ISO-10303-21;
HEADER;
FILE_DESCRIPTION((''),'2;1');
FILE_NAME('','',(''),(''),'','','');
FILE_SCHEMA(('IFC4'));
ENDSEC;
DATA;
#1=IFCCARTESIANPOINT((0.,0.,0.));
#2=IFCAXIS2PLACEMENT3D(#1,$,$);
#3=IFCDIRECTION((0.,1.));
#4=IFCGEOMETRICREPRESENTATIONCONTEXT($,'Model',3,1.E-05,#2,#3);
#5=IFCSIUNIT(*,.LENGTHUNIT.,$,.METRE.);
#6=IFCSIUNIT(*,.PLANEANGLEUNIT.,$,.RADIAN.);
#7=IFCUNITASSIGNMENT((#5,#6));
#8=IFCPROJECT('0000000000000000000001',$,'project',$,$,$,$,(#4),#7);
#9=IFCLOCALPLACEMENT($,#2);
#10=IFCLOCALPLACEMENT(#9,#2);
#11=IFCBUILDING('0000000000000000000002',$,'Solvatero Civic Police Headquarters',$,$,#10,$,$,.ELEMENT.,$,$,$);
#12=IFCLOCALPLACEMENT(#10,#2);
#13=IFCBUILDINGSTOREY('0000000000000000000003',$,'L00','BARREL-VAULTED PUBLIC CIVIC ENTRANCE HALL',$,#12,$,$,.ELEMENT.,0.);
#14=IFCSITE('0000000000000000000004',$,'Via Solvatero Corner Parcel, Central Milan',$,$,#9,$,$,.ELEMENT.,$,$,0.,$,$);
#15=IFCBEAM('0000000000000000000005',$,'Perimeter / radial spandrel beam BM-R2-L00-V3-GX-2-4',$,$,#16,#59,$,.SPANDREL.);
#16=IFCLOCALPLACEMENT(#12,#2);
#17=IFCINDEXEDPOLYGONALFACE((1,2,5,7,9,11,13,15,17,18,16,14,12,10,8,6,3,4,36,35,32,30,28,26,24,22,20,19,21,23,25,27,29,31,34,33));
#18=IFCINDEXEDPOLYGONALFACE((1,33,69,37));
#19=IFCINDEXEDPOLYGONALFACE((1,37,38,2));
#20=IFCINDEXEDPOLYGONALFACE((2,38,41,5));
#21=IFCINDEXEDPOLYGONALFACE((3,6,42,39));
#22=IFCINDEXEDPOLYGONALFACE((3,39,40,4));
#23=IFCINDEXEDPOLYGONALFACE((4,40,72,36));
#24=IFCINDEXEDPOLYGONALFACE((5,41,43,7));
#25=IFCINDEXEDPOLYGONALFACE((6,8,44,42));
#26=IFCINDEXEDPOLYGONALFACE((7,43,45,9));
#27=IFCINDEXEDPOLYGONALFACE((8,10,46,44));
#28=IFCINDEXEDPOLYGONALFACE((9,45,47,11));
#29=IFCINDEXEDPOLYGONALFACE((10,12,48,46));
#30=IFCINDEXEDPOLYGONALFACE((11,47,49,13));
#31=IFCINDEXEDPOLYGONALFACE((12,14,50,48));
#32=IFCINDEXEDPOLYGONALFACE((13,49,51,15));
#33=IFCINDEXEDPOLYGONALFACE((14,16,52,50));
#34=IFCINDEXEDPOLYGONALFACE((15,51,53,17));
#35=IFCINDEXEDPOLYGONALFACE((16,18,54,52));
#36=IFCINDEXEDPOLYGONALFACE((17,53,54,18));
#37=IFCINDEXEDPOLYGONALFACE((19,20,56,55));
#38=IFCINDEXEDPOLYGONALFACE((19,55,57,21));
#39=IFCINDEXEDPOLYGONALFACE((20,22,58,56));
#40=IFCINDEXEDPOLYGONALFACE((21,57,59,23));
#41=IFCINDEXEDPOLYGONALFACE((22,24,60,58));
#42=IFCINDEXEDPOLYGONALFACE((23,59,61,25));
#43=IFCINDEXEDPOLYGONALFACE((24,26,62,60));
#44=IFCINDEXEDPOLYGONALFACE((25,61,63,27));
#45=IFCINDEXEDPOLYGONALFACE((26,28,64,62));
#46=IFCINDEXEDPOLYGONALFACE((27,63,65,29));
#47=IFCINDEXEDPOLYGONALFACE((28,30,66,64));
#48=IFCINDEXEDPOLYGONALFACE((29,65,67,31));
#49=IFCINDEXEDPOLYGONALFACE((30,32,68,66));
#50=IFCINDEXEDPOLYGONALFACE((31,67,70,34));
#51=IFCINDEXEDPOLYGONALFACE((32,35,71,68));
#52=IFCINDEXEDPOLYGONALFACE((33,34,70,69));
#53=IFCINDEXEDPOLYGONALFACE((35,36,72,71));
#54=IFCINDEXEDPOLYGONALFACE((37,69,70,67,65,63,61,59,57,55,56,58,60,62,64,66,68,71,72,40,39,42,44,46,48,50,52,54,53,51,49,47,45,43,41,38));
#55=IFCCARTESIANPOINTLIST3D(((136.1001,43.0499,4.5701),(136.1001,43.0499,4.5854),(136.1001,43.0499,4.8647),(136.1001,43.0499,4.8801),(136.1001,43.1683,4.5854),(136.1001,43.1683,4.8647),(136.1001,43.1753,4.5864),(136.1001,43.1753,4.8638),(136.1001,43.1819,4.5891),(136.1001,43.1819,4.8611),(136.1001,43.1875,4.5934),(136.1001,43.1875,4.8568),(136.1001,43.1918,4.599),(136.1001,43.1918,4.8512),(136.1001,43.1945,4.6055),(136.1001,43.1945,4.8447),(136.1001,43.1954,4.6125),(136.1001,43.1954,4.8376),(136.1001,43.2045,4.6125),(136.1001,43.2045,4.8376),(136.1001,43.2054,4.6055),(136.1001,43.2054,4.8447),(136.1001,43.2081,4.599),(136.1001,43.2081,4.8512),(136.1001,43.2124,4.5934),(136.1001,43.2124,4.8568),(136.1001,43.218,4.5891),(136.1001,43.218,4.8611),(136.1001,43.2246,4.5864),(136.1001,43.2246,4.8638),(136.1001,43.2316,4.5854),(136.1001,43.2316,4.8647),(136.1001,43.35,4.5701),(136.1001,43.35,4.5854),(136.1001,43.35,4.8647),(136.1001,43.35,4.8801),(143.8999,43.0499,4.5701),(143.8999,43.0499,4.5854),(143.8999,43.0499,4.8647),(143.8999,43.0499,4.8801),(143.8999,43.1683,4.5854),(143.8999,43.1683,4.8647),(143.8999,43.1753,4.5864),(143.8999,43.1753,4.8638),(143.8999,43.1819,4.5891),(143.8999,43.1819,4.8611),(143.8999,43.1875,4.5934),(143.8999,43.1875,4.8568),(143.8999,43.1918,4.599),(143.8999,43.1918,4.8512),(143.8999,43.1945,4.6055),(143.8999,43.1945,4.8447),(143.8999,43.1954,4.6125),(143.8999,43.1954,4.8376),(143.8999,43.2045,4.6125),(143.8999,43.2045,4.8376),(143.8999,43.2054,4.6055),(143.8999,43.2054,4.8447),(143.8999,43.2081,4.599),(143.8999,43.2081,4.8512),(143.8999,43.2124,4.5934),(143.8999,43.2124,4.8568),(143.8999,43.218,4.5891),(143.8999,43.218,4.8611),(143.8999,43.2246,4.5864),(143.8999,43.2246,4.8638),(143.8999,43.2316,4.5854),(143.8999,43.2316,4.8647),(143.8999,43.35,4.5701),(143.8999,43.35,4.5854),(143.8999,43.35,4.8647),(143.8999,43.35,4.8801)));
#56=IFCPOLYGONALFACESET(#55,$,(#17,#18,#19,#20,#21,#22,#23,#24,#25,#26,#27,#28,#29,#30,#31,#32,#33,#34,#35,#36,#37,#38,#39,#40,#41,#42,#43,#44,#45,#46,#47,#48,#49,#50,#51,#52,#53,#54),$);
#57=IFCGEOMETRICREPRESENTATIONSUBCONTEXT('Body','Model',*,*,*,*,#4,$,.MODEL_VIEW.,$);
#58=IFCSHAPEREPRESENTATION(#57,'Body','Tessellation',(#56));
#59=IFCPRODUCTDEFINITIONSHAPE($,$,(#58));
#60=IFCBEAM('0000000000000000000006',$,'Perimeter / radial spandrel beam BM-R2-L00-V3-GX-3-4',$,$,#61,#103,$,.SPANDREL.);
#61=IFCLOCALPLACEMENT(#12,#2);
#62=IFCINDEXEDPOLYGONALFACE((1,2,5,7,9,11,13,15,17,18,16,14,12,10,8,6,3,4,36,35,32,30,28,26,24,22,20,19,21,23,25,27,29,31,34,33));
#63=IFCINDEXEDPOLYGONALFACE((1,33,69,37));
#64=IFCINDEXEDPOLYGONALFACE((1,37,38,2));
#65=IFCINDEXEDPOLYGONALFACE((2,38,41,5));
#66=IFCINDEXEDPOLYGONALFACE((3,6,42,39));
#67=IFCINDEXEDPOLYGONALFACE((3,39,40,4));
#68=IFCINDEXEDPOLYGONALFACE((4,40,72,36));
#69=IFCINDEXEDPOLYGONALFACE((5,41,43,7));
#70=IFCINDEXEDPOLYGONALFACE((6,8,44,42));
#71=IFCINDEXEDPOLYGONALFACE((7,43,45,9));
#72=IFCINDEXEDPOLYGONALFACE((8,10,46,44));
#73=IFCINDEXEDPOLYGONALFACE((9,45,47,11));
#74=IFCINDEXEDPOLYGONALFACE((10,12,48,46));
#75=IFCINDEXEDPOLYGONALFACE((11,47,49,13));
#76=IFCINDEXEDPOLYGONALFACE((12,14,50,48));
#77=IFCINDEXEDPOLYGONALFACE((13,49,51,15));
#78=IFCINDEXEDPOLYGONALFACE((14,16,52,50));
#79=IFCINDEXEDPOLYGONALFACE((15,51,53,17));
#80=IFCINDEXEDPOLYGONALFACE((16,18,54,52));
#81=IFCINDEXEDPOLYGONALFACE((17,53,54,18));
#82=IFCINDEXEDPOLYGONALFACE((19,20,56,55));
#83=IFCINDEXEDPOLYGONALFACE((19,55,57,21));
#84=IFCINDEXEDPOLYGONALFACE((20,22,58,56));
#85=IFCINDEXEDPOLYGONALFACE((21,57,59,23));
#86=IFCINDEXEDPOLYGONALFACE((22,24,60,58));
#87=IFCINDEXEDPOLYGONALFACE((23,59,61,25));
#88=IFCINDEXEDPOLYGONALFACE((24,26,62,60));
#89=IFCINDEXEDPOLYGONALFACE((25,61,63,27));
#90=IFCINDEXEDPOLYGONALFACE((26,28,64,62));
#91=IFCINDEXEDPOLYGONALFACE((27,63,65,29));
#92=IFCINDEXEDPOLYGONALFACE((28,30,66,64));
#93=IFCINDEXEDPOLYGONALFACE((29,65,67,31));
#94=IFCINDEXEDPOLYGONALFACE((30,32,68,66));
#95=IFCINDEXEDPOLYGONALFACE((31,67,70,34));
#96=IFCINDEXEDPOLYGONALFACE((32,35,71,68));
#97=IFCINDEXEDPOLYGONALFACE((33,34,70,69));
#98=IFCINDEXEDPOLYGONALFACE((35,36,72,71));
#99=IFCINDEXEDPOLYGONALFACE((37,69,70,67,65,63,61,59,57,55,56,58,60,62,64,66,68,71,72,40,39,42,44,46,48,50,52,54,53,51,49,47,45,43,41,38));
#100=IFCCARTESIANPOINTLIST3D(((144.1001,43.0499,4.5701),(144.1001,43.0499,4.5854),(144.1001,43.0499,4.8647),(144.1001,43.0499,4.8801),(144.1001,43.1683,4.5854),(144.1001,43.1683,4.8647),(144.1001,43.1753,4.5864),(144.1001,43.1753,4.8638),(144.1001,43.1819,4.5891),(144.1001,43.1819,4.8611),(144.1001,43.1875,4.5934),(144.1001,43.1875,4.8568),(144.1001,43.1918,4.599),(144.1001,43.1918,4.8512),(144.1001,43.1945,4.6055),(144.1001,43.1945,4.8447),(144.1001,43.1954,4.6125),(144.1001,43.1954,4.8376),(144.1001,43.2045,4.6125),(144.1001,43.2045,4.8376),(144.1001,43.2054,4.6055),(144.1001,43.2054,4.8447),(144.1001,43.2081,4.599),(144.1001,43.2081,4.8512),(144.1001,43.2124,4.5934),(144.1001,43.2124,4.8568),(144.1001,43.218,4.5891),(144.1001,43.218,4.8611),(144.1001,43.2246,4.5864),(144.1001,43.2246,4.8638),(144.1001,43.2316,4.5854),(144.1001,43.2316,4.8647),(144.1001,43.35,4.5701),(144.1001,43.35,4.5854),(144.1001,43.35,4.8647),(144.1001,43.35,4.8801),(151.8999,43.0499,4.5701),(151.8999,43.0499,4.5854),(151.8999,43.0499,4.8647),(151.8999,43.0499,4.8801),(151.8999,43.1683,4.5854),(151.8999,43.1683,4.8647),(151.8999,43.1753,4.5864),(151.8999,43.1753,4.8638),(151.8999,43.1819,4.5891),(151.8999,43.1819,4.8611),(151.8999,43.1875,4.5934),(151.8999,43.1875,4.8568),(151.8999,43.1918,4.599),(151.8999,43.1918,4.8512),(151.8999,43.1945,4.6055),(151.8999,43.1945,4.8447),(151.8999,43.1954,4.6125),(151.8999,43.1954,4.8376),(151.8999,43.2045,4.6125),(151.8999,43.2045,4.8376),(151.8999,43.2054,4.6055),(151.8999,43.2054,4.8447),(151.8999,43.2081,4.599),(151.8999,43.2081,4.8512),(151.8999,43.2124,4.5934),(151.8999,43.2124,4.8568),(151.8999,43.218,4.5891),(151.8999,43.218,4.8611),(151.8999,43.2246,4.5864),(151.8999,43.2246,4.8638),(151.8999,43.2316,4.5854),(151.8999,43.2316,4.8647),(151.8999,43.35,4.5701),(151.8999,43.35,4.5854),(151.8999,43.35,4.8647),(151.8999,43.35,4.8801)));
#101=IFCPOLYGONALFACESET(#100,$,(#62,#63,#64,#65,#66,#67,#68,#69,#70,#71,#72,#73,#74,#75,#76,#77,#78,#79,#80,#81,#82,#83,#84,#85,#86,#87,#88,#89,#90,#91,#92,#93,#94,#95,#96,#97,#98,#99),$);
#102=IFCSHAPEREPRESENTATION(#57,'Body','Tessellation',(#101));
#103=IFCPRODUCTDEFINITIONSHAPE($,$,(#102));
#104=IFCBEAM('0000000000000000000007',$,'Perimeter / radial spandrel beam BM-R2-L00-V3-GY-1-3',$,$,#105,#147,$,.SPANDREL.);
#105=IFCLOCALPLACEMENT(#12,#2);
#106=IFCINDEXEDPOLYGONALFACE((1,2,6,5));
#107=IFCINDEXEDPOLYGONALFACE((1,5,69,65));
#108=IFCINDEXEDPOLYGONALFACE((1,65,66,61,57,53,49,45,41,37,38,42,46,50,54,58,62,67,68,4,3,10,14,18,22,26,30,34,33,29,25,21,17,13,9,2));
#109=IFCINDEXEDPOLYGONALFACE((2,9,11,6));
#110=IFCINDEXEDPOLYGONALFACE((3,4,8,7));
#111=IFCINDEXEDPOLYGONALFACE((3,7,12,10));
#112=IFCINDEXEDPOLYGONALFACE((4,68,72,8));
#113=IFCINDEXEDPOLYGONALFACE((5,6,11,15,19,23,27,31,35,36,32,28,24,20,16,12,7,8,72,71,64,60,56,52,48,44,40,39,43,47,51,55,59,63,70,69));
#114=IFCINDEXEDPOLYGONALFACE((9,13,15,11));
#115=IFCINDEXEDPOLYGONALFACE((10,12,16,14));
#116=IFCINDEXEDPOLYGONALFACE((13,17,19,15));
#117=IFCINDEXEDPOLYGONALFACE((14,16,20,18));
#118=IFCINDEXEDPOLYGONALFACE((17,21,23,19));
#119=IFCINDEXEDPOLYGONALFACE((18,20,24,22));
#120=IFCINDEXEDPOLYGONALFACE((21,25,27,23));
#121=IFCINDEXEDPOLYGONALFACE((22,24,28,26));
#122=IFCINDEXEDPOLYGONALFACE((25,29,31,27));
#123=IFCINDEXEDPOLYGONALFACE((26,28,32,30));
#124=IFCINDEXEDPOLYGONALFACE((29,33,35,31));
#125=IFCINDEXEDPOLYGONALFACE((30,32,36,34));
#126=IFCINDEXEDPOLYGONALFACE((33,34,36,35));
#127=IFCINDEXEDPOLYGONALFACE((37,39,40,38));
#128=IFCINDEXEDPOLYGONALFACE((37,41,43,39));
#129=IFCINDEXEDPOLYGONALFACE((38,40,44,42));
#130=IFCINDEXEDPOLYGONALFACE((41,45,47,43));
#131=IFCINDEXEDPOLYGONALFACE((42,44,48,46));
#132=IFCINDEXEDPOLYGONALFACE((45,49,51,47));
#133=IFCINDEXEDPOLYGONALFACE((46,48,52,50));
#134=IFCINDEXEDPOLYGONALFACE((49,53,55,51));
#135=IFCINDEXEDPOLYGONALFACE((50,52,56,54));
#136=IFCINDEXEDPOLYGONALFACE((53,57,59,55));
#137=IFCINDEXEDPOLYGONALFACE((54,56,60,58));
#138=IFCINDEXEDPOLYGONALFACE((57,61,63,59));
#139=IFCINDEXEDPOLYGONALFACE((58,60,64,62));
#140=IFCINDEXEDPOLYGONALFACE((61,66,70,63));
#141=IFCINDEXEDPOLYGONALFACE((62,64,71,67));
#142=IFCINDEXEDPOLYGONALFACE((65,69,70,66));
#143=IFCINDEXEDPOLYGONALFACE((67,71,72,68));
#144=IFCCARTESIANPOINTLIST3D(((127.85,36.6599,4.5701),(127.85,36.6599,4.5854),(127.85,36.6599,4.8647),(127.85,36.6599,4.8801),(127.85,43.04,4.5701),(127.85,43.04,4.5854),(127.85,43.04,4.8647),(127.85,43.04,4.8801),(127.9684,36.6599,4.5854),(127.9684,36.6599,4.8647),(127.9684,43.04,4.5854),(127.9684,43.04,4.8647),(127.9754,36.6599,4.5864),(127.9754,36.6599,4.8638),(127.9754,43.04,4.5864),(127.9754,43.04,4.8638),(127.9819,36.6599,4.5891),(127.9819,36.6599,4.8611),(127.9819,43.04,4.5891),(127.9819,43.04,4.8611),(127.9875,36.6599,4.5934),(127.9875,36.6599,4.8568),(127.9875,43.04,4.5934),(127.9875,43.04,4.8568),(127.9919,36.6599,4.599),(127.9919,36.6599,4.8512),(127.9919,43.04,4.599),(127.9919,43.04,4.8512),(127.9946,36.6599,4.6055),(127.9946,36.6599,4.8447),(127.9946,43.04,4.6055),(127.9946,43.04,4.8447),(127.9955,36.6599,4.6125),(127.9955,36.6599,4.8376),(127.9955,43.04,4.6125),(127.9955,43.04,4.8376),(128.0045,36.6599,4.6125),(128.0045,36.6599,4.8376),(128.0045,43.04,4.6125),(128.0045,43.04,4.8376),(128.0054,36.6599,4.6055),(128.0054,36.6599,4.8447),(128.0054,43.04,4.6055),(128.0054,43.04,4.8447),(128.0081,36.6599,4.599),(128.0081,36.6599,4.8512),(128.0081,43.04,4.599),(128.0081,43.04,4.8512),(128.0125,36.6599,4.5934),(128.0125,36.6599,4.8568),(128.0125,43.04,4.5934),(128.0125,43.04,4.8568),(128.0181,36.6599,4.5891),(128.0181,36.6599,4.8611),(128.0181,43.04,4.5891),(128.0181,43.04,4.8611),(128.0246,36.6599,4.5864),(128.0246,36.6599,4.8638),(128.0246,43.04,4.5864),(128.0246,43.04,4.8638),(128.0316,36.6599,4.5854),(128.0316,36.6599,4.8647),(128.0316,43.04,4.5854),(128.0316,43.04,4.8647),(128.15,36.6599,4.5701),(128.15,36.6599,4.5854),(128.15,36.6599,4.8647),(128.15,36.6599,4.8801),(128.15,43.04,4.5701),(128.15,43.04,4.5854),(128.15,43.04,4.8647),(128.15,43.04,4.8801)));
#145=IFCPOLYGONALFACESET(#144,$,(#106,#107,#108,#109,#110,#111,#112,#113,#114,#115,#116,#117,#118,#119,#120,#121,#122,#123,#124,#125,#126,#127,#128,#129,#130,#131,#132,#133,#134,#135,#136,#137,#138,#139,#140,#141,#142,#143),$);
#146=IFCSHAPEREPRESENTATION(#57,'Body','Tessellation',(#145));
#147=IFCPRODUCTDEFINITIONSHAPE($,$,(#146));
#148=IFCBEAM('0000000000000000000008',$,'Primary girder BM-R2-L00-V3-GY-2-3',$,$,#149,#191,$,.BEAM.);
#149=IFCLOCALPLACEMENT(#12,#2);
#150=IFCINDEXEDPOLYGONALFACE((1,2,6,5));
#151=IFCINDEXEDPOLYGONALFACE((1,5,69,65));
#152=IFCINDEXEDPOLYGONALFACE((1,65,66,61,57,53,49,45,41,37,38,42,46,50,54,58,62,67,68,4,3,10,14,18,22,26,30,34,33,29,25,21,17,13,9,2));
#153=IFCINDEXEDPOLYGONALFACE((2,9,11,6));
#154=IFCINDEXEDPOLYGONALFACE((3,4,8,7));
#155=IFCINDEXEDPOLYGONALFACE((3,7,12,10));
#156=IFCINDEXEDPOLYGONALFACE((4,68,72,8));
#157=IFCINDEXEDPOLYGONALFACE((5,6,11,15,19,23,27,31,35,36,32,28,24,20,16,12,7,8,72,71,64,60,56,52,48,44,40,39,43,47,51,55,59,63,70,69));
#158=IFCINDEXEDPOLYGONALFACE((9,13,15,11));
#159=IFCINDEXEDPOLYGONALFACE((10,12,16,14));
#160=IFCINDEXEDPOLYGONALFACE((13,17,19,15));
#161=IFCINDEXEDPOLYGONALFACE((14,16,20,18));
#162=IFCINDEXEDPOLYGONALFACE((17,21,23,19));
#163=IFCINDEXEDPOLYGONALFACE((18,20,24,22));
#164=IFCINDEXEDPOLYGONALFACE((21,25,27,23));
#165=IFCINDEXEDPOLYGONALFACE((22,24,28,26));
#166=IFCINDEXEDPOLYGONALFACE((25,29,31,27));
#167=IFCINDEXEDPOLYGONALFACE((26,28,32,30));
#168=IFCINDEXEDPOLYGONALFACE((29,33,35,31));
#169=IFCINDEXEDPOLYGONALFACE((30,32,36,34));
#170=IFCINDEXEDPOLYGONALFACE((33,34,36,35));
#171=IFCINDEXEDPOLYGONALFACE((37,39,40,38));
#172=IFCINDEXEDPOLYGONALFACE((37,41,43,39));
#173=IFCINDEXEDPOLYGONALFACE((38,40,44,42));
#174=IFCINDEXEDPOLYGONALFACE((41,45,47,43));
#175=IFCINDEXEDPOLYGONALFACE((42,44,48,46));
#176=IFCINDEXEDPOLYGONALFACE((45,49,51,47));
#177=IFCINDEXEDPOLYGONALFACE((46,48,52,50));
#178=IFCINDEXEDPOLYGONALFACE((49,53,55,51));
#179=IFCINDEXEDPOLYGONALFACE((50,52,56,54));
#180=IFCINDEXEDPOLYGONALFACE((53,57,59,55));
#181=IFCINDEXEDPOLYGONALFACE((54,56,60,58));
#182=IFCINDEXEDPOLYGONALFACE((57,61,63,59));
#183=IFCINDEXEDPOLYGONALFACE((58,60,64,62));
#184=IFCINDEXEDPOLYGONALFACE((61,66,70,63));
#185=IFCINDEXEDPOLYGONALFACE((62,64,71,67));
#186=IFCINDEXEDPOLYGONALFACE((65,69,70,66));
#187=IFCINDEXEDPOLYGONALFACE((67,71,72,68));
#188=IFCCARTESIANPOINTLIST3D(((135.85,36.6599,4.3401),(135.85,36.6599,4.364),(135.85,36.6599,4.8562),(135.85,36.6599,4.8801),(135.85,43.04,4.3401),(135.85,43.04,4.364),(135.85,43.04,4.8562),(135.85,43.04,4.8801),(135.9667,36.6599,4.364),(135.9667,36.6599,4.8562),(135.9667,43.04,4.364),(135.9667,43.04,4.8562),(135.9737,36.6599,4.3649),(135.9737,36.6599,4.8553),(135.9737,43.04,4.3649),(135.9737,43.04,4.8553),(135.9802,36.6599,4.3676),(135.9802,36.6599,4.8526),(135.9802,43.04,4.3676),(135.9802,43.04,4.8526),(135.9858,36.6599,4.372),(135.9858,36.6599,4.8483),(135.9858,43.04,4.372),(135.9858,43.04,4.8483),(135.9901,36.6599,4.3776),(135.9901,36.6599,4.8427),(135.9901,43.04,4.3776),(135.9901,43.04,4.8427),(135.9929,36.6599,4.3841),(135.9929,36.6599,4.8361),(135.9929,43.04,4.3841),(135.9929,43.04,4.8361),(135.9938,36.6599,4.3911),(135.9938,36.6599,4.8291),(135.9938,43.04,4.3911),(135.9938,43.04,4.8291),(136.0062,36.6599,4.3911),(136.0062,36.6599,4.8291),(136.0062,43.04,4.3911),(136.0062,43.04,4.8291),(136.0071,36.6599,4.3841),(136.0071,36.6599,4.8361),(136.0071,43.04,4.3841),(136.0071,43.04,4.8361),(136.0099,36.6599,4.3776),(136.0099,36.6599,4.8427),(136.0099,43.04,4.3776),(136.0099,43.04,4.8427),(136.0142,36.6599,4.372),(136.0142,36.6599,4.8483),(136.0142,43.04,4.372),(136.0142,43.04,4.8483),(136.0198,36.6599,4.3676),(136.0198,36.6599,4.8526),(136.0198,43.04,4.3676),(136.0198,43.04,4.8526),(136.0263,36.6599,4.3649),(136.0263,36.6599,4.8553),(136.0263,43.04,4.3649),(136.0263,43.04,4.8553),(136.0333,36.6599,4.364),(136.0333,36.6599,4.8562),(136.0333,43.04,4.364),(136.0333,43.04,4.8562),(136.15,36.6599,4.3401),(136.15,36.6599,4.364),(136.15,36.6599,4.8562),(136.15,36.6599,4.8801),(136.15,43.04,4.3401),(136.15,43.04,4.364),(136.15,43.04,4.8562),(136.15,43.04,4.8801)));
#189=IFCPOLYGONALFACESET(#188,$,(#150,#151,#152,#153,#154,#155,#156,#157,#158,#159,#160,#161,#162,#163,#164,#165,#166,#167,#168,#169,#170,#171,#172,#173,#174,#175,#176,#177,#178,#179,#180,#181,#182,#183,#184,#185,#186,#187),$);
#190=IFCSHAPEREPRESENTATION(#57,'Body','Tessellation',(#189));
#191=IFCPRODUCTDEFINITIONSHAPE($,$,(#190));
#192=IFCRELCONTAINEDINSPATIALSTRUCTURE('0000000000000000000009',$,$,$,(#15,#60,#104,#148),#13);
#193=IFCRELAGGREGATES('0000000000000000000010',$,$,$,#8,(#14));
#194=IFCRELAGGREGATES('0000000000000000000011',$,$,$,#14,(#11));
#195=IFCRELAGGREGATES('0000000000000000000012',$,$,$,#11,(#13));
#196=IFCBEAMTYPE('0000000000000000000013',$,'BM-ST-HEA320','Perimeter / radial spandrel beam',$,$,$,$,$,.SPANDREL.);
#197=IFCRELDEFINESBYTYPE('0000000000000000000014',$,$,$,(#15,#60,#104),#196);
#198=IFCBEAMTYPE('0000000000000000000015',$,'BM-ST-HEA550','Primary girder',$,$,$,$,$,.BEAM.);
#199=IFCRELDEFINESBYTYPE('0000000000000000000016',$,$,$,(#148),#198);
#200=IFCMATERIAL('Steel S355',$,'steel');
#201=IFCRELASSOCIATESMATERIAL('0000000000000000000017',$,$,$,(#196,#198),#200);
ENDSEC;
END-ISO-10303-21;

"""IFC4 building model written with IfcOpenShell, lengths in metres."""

from ifc_helpers import new_model, si_unit, direction, frame, origin, origin_2d, place, context, subcontext, project, spatial, i_section, extrude, material, material_profile, profile_set, type_object, element, save


model = new_model("IFC4")

# Units and contexts
model_context = context("Model", 3, precision=1e-05, world=origin(), true_north=direction((0.0, 1.0)))
body_context = subcontext(model_context, "Body", "Model", "MODEL_VIEW")
ifc_project = project(units=[si_unit("LENGTHUNIT", "METRE"), si_unit("PLANEANGLEUNIT", "RADIAN")], contexts=[model_context])

# Site, building, storey
site_placement = place(None, origin())
site = spatial("IfcSite", under=ifc_project, at=site_placement, Name="Via Solvatero Corner Parcel, Central Milan", CompositionType="ELEMENT", RefElevation=0.0)
building_placement = place(site_placement, origin())
building = spatial("IfcBuilding", under=site, at=building_placement, Name="Solvatero Civic Police Headquarters", CompositionType="ELEMENT")
storey_placement = place(building_placement, origin())
storey = spatial("IfcBuildingStorey", under=building, at=storey_placement, Name="L00", Description="BARREL-VAULTED PUBLIC CIVIC ENTRANCE HALL", CompositionType="ELEMENT", Elevation=0.0)

# Beams
ifc_material_1 = material(Name="Steel S355", Category="steel")
ifc_material_profile_1 = material_profile(ifc_material_1, i_section(OverallWidth=0.3, OverallDepth=0.3101, WebThickness=0.009, FlangeThickness=0.0154, FilletRadius=0.0271, at=origin_2d()), Name="HEA 320")
ifc_profile_set_1 = profile_set([ifc_material_profile_1], Name="Steel S355")
beam_type_1 = type_object("IfcBeamType", Name="BM-ST-HEA320", Description="Perimeter / radial spandrel beam", PredefinedType="SPANDREL", material=ifc_profile_set_1)
for number, where, z_axis, x_axis, name in (
    (1, (136.1001, 43.2, 4.7251), (1.0, 0.0, 0.0), (0.0, 1.0, 0.0), "Perimeter / radial spandrel beam BM-R2-L00-V3-GX-2-4"),
    (2, (144.1001, 43.2, 4.7251), (1.0, 0.0, 0.0), (0.0, 1.0, 0.0), "Perimeter / radial spandrel beam BM-R2-L00-V3-GX-3-4"),
):
    element("IfcBeam", number, at=place(storey_placement, frame(where, z_axis=z_axis, x_axis=x_axis)), inside=storey, type_object=beam_type_1, Name=name, PredefinedType="SPANDREL", context=body_context, shape_type="SweptSolid", body=[
        extrude(i_section(OverallWidth=0.3, OverallDepth=0.3101, WebThickness=0.009, FlangeThickness=0.0154, FilletRadius=0.0271, at=origin_2d()), origin(), (0.0, 0.0, 1.0), 7.7998),
    ])
beam_placement = place(storey_placement, frame((128.0, 36.6599, 4.7251), z_axis=(0.0, 1.0, 0.0), x_axis=(-1.0, 0.0, 0.0)))
element("IfcBeam", 3, at=beam_placement, inside=storey, type_object=beam_type_1, Name="Perimeter / radial spandrel beam BM-R2-L00-V3-GY-1-3", PredefinedType="SPANDREL", context=body_context, shape_type="SweptSolid", body=[
    extrude(i_section(OverallWidth=0.3, OverallDepth=0.3101, WebThickness=0.009, FlangeThickness=0.0154, FilletRadius=0.0271, at=origin_2d()), origin(), (0.0, 0.0, 1.0), 6.3801),
])
ifc_material_profile_2 = material_profile(ifc_material_1, i_section(OverallWidth=0.3, OverallDepth=0.54, WebThickness=0.0125, FlangeThickness=0.0239, FilletRadius=0.0271, at=origin_2d()), Name="HEA 550")
ifc_profile_set_2 = profile_set([ifc_material_profile_2], Name="Steel S355")
beam_type_2 = type_object("IfcBeamType", Name="BM-ST-HEA550", Description="Primary girder", PredefinedType="BEAM", material=ifc_profile_set_2)
for number, where, z_axis, x_axis, name in (
    (4, (136.0, 36.6599, 4.6101), (0.0, 1.0, 0.0), (-1.0, 0.0, 0.0), "Primary girder BM-R2-L00-V3-GY-2-3"),
):
    element("IfcBeam", number, at=place(storey_placement, frame(where, z_axis=z_axis, x_axis=x_axis)), inside=storey, type_object=beam_type_2, Name=name, PredefinedType="BEAM", context=body_context, shape_type="SweptSolid", body=[
        extrude(i_section(OverallWidth=0.3, OverallDepth=0.54, WebThickness=0.0125, FlangeThickness=0.0239, FilletRadius=0.0271, at=origin_2d()), origin(), (0.0, 0.0, 1.0), 6.3801),
    ])

save(model, "model.ifc")
